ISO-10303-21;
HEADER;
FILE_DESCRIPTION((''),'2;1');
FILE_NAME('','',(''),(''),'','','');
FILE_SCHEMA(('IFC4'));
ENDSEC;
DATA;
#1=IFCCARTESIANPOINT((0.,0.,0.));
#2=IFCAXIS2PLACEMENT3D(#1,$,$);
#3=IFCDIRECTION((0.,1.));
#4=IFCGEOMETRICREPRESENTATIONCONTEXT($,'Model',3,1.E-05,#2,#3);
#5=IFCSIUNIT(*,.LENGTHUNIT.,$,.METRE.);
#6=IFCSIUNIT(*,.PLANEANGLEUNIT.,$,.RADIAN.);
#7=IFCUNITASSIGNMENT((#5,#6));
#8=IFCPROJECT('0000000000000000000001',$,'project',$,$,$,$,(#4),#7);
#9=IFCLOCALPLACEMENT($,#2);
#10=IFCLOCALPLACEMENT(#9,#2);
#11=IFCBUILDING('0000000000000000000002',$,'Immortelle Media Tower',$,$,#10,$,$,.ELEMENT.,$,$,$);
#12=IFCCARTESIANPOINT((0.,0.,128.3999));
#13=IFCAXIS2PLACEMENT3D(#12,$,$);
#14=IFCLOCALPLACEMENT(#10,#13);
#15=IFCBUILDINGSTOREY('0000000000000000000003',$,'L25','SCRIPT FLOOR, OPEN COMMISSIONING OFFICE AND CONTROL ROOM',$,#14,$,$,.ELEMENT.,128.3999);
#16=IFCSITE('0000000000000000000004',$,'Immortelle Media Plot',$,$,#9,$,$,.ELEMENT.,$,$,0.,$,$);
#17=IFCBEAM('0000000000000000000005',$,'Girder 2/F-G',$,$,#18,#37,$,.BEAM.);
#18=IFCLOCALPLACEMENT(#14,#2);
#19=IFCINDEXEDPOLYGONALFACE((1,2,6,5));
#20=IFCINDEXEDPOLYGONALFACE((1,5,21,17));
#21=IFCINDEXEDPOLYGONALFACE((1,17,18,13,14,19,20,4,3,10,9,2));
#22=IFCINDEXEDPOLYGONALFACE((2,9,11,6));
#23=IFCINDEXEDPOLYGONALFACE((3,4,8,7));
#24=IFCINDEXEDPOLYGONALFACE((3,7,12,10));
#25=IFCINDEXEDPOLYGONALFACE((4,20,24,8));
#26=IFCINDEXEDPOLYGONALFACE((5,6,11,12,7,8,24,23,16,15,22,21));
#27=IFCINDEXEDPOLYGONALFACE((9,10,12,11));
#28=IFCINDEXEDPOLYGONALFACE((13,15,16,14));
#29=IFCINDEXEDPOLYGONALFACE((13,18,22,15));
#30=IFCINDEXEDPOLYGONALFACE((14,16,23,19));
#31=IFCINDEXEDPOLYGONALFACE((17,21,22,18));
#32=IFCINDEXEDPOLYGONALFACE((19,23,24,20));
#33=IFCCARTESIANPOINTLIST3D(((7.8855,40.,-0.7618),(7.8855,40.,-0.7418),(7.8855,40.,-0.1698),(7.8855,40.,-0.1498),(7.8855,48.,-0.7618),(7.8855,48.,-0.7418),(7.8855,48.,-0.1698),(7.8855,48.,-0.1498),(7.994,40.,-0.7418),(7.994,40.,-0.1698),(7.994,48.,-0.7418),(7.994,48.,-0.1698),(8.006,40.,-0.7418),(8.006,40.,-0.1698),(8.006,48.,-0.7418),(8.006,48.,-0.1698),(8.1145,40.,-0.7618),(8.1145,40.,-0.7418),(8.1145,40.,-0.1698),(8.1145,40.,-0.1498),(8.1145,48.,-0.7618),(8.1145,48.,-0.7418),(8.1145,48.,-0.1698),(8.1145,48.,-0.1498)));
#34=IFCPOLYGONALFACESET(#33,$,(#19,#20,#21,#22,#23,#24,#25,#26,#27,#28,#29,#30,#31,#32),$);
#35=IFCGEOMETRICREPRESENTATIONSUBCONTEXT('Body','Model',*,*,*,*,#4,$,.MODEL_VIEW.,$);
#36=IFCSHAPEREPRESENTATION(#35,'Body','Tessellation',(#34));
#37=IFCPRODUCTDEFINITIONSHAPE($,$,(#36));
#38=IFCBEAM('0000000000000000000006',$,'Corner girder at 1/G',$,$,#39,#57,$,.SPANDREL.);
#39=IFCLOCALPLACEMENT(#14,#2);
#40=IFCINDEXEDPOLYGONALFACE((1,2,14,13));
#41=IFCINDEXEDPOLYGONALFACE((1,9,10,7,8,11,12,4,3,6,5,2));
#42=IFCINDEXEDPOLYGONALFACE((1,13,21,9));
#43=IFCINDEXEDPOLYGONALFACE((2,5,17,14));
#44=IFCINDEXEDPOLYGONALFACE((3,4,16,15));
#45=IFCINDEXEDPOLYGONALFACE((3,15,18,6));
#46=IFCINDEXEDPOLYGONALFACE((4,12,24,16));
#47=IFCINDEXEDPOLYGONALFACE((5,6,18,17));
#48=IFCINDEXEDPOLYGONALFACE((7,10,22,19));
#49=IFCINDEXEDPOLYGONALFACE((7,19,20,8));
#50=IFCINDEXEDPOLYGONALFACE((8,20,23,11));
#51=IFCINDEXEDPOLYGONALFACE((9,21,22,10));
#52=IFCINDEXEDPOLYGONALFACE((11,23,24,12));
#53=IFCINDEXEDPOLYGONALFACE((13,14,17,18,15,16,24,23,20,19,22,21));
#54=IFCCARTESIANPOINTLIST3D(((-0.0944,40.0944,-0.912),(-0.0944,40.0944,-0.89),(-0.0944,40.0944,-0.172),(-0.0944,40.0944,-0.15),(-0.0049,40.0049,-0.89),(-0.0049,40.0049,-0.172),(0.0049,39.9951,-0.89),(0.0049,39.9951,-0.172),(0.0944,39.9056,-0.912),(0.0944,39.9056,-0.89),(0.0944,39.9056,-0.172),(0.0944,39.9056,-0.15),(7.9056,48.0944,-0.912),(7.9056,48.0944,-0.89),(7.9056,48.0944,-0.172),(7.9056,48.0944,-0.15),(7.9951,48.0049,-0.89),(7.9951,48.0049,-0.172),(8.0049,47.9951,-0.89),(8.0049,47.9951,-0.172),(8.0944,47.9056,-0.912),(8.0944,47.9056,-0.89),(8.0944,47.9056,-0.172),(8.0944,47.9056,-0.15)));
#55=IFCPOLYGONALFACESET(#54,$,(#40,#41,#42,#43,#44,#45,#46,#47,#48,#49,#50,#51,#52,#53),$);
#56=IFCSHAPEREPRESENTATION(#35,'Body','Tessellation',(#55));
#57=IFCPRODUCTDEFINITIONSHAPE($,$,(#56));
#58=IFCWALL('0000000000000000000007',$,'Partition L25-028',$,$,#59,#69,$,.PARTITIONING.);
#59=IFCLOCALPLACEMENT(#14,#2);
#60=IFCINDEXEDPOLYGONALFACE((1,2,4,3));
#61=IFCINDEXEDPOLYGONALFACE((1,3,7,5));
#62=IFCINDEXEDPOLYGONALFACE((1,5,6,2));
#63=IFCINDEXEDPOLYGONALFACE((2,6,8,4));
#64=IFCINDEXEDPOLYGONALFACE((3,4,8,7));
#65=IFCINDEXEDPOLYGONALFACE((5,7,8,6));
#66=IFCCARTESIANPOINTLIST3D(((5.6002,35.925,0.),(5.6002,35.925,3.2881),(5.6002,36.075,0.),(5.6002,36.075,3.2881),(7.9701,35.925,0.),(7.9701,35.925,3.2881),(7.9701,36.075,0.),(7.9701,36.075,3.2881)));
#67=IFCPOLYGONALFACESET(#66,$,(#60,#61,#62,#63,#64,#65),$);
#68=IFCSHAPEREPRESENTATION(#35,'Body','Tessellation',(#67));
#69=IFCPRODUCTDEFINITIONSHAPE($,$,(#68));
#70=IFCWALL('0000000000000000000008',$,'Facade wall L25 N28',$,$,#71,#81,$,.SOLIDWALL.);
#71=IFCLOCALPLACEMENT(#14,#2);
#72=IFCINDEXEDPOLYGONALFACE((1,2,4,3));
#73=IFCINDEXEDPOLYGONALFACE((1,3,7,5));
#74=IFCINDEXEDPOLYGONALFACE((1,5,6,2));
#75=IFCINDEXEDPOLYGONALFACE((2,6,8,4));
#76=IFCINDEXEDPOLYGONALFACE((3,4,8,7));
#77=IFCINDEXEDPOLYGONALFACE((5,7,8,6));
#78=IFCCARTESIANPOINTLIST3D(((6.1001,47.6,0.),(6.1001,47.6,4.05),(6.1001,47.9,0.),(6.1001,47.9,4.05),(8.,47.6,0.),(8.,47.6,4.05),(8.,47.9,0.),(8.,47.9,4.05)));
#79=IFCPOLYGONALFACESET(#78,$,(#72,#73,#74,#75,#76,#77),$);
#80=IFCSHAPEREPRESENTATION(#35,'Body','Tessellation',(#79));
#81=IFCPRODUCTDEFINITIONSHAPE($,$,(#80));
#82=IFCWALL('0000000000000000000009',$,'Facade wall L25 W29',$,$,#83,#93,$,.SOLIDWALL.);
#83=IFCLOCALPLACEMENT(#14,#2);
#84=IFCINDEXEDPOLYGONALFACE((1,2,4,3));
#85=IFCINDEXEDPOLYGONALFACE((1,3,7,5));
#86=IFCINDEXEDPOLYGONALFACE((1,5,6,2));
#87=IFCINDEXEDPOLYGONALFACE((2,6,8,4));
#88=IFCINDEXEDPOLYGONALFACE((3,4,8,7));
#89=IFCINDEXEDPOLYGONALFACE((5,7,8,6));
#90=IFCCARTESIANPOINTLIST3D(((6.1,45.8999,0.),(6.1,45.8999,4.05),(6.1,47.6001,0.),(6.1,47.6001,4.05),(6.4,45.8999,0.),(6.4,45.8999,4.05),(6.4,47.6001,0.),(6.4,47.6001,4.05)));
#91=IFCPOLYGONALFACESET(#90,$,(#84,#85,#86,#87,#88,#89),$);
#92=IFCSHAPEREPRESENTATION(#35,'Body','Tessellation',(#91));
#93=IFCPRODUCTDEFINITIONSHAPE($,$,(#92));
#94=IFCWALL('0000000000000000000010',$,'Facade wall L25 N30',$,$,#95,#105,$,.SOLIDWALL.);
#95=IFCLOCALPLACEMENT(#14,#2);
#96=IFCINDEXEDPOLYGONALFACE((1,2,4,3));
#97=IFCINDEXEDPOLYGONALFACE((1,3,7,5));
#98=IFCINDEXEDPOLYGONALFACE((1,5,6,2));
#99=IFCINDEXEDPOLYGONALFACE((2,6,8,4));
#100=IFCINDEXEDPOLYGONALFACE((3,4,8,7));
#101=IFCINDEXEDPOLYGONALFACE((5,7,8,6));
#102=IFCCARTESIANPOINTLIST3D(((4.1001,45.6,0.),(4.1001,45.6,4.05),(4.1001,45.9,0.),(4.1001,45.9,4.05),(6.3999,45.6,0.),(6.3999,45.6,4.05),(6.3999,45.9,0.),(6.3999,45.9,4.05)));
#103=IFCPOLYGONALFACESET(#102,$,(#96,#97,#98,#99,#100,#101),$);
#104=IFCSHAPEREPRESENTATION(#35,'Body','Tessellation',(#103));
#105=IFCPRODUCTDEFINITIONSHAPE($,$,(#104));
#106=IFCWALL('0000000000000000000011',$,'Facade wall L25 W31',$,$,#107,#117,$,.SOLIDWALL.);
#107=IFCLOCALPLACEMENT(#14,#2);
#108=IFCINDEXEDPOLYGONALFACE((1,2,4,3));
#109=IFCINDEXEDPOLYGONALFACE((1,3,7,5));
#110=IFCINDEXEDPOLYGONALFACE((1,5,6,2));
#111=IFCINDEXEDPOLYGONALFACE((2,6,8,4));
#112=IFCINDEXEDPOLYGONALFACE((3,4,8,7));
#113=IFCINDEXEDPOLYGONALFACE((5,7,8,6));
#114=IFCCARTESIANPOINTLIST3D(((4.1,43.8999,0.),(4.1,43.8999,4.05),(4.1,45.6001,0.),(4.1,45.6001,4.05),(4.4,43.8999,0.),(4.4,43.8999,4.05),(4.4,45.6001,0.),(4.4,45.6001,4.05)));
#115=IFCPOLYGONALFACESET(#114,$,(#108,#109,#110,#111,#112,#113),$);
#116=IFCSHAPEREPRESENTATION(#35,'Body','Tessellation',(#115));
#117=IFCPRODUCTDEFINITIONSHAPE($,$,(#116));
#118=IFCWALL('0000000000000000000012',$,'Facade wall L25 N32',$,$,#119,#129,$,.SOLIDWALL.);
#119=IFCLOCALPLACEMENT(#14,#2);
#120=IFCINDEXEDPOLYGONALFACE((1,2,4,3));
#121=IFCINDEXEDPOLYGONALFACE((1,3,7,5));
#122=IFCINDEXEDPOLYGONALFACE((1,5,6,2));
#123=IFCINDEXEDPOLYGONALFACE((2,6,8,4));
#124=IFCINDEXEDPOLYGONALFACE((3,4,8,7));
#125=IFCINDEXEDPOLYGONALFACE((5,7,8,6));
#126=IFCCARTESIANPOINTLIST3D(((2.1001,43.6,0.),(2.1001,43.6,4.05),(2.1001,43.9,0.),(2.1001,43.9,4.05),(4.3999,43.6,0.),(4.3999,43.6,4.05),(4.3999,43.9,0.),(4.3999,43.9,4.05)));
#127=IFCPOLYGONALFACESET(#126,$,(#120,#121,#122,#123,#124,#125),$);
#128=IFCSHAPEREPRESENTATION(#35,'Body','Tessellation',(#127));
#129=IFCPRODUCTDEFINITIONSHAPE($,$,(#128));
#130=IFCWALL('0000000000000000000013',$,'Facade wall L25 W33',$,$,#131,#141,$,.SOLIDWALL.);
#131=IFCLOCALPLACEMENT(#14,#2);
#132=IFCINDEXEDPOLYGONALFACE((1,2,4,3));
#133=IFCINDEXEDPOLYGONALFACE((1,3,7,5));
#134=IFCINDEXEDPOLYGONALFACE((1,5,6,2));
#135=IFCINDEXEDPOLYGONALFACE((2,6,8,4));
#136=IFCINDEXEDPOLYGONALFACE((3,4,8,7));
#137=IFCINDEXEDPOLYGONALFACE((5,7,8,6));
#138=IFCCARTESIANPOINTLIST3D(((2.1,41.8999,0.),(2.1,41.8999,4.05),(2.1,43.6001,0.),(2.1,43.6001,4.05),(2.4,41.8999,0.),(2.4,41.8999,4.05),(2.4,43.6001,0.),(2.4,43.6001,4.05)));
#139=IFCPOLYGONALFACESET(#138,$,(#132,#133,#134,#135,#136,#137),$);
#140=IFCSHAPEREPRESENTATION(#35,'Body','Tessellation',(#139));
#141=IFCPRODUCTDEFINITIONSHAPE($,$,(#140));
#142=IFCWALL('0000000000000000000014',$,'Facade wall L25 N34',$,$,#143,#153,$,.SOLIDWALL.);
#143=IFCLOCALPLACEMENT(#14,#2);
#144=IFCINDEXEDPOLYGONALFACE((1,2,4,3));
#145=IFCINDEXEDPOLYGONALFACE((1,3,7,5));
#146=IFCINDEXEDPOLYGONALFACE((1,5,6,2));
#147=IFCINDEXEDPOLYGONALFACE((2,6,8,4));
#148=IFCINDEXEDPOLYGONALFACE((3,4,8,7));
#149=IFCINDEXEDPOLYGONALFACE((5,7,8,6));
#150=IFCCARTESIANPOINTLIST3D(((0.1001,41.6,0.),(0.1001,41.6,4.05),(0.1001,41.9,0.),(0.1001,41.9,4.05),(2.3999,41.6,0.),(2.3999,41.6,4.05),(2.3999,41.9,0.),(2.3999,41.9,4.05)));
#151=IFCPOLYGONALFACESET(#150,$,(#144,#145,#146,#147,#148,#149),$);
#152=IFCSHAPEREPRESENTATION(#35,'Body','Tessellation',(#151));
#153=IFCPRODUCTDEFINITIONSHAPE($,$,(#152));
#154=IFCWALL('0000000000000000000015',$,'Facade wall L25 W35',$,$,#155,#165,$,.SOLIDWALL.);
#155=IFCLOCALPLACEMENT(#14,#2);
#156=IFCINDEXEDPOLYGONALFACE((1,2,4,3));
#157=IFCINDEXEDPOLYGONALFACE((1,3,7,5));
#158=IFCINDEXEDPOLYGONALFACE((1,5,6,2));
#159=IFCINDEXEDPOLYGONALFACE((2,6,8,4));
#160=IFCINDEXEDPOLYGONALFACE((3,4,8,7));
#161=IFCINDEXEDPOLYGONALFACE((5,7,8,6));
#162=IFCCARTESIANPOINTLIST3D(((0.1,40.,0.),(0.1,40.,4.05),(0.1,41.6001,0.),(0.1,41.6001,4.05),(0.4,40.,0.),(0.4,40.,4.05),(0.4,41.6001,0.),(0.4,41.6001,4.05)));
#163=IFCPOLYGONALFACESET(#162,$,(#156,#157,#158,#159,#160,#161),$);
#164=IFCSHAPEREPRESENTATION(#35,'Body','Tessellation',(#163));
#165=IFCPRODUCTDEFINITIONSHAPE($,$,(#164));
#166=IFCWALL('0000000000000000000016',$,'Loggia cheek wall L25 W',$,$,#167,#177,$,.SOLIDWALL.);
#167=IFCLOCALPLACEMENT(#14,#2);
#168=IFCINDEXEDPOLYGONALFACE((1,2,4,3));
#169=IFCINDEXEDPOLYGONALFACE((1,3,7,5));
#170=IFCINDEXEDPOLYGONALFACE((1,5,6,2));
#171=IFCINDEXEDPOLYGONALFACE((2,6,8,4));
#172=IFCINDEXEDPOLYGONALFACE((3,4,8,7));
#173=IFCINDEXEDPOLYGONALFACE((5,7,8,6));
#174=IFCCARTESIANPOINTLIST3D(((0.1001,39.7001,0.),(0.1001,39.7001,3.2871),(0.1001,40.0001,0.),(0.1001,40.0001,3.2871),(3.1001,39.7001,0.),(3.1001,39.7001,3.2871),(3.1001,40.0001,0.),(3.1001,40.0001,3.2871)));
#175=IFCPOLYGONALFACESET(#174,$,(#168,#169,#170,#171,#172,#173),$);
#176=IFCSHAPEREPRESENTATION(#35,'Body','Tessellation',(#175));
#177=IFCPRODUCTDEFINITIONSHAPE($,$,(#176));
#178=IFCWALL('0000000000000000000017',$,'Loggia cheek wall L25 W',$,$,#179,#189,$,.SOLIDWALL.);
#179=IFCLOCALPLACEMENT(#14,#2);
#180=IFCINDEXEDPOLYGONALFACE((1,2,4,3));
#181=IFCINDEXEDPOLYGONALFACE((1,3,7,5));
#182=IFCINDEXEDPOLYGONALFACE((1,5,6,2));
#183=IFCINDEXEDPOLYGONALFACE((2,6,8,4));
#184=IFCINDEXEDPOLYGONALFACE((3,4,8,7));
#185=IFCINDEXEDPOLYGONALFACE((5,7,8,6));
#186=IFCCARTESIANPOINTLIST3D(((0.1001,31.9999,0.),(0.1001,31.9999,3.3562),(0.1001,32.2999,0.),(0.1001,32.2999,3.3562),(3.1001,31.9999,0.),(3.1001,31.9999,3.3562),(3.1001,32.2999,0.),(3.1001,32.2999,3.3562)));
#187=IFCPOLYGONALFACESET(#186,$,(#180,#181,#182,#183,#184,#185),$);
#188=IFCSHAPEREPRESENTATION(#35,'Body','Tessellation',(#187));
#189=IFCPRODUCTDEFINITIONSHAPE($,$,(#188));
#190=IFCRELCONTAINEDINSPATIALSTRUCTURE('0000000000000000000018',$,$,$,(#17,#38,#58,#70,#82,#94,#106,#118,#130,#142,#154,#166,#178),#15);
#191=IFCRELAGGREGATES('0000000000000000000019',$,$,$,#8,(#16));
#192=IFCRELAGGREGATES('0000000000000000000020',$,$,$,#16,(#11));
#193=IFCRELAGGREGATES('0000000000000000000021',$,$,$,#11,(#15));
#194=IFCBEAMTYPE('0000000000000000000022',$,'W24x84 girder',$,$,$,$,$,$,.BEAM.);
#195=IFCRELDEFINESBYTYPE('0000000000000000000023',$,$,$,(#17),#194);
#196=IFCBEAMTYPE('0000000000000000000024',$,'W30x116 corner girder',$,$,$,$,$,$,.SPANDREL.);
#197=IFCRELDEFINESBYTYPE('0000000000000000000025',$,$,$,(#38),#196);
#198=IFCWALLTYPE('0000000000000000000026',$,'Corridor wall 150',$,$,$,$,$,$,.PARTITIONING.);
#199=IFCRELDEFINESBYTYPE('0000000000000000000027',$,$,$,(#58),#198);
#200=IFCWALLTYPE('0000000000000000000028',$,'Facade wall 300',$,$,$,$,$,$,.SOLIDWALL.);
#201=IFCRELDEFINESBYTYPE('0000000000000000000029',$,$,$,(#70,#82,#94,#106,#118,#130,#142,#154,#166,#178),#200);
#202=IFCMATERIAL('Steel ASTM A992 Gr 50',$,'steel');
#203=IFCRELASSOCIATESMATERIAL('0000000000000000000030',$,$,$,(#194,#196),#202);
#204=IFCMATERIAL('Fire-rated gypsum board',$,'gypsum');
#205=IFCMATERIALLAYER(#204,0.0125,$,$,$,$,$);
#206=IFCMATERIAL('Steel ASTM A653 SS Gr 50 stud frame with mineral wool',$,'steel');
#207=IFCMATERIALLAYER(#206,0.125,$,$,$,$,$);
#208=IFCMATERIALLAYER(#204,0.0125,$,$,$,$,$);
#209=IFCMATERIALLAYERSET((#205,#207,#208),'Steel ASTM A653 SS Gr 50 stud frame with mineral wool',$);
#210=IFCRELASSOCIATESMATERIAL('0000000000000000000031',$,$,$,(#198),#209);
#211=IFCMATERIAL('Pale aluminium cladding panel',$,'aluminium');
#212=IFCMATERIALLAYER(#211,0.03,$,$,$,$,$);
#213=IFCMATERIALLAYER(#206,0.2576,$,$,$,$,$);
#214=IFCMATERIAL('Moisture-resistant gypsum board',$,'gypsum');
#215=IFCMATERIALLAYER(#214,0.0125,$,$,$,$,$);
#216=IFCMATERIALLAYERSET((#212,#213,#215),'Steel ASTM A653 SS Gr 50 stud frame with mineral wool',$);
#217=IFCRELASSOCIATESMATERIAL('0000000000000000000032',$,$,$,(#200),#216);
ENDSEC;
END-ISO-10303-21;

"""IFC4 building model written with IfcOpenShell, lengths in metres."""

from ifc_helpers import new_model, si_unit, direction, frame, frame_2d, origin, origin_2d, place, context, subcontext, project, spatial, rectangle, i_section, extrude, material, layer, layer_set, material_profile, profile_set, type_object, element, save


model = new_model("IFC4")

# Units and contexts
model_context = context("Model", 3, precision=1e-05, world=origin(), true_north=direction((0.0, 1.0)))
body_context = subcontext(model_context, "Body", "Model", "MODEL_VIEW")
ifc_project = project(units=[si_unit("LENGTHUNIT", "METRE"), si_unit("PLANEANGLEUNIT", "RADIAN")], contexts=[model_context])

# Site, building, storey
site_placement = place(None, origin())
site = spatial("IfcSite", under=ifc_project, at=site_placement, Name="Immortelle Media Plot", CompositionType="ELEMENT", RefElevation=0.0)
building_placement = place(site_placement, origin())
building = spatial("IfcBuilding", under=site, at=building_placement, Name="Immortelle Media Tower", CompositionType="ELEMENT")
storey_placement = place(building_placement, frame((0.0, 0.0, 128.3999)))
storey = spatial("IfcBuildingStorey", under=building, at=storey_placement, Name="L25", Description="SCRIPT FLOOR, OPEN COMMISSIONING OFFICE AND CONTROL ROOM", CompositionType="ELEMENT", Elevation=128.3999)

# Shared definitions
ifc_material_1 = material(Name="Steel ASTM A992 Gr 50", Category="steel")

# Beams
ifc_material_profile_1 = material_profile(ifc_material_1, i_section(OverallWidth=0.229, OverallDepth=0.6121, WebThickness=0.012, FlangeThickness=0.02, at=origin_2d()), Name="W24x84")
ifc_profile_set_1 = profile_set([ifc_material_profile_1], Name="Steel ASTM A992 Gr 50")
beam_type_1 = type_object("IfcBeamType", Name="W24x84 girder", PredefinedType="BEAM", material=ifc_profile_set_1)
for number, where, z_axis, x_axis, name in (
    (1, (8.0, 40.0, -0.4558), (0.0, 1.0, 0.0), (-1.0, 0.0, 0.0), "Girder 2/F-G"),
):
    element("IfcBeam", number, at=place(storey_placement, frame(where, z_axis=z_axis, x_axis=x_axis)), inside=storey, type_object=beam_type_1, Name=name, PredefinedType="BEAM", context=body_context, shape_type="SweptSolid", body=[
        extrude(i_section(OverallWidth=0.229, OverallDepth=0.6121, WebThickness=0.012, FlangeThickness=0.02, at=origin_2d()), origin(), (0.0, 0.0, 1.0), 8.0),
    ])
ifc_material_profile_2 = material_profile(ifc_material_1, i_section(OverallWidth=0.2671, OverallDepth=0.762, WebThickness=0.0139, FlangeThickness=0.022, at=origin_2d()), Name="W30x116")
ifc_profile_set_2 = profile_set([ifc_material_profile_2], Name="Steel ASTM A992 Gr 50")
beam_type_2 = type_object("IfcBeamType", Name="W30x116 corner girder", PredefinedType="SPANDREL", material=ifc_profile_set_2)
beam_1_placement = place(storey_placement, frame((0.0, 40.0, -0.531), z_axis=(0.707107, 0.707107, 0.0), x_axis=(-0.707107, 0.707107, 0.0)))
element("IfcBeam", 2, at=beam_1_placement, inside=storey, type_object=beam_type_2, Name="Corner girder at 1/G", PredefinedType="SPANDREL", context=body_context, shape_type="SweptSolid", body=[
    extrude(i_section(OverallWidth=0.2671, OverallDepth=0.762, WebThickness=0.0139, FlangeThickness=0.022, at=origin_2d()), origin(), (0.0, 0.0, 1.0), 11.3137),
])

# Walls
ifc_material_2 = material(Name="Fire-rated gypsum board", Category="gypsum")
ifc_layer_1 = layer(ifc_material_2, 0.0125)
ifc_material_3 = material(Name="Steel ASTM A653 SS Gr 50 stud frame with mineral wool", Category="steel")
ifc_layer_2 = layer(ifc_material_3, 0.125)
ifc_layer_3 = layer(ifc_material_2, 0.0125)
ifc_layer_set_1 = layer_set([ifc_layer_1, ifc_layer_2, ifc_layer_3], Name="Steel ASTM A653 SS Gr 50 stud frame with mineral wool")
wall_type_1 = type_object("IfcWallType", Name="Corridor wall 150", PredefinedType="PARTITIONING", material=ifc_layer_set_1)
wall_1_placement = place(storey_placement, frame((5.6001, 36.0, 0.0), z_axis=(0.0, 0.0, 1.0), x_axis=(1.0, 0.0, 0.0)))
element("IfcWall", 3, at=wall_1_placement, inside=storey, type_object=wall_type_1, Name="Partition L25-028", PredefinedType="PARTITIONING", context=body_context, shape_type="SweptSolid", body=[
    extrude(rectangle(XDim=2.3699, YDim=0.1499, at=frame_2d((1.1851, 0.0))), origin(), (0.0, 0.0, 1.0), 3.2881),
])
ifc_material_4 = material(Name="Pale aluminium cladding panel", Category="aluminium")
ifc_layer_4 = layer(ifc_material_4, 0.03)
ifc_layer_5 = layer(ifc_material_3, 0.2576)
ifc_material_5 = material(Name="Moisture-resistant gypsum board", Category="gypsum")
ifc_layer_6 = layer(ifc_material_5, 0.0125)
ifc_layer_set_2 = layer_set([ifc_layer_4, ifc_layer_5, ifc_layer_6], Name="Steel ASTM A653 SS Gr 50 stud frame with mineral wool")
wall_type_2 = type_object("IfcWallType", Name="Facade wall 300", PredefinedType="SOLIDWALL", material=ifc_layer_set_2)
wall_2_placement = place(storey_placement, frame((8.0, 47.75, 0.0), z_axis=(0.0, 0.0, 1.0), x_axis=(-1.0, 0.0, 0.0)))
element("IfcWall", 4, at=wall_2_placement, inside=storey, type_object=wall_type_2, Name="Facade wall L25 N28", PredefinedType="SOLIDWALL", context=body_context, shape_type="SweptSolid", body=[
    extrude(rectangle(XDim=1.8999, YDim=0.3, at=frame_2d((0.95, 0.0))), origin(), (0.0, 0.0, 1.0), 4.05),
])
wall_3_placement = place(storey_placement, frame((6.25, 47.6001, 0.0), z_axis=(0.0, 0.0, 1.0), x_axis=(0.0, -1.0, 0.0)))
element("IfcWall", 5, at=wall_3_placement, inside=storey, type_object=wall_type_2, Name="Facade wall L25 W29", PredefinedType="SOLIDWALL", context=body_context, shape_type="SweptSolid", body=[
    extrude(rectangle(XDim=1.7002, YDim=0.3, at=frame_2d((0.8501, 0.0))), origin(), (0.0, 0.0, 1.0), 4.05),
])
wall_4_placement = place(storey_placement, frame((6.3999, 45.75, 0.0), z_axis=(0.0, 0.0, 1.0), x_axis=(-1.0, 0.0, 0.0)))
element("IfcWall", 6, at=wall_4_placement, inside=storey, type_object=wall_type_2, Name="Facade wall L25 N30", PredefinedType="SOLIDWALL", context=body_context, shape_type="SweptSolid", body=[
    extrude(rectangle(XDim=2.2998, YDim=0.3, at=frame_2d((1.1499, 0.0))), origin(), (0.0, 0.0, 1.0), 4.05),
])
wall_5_placement = place(storey_placement, frame((4.25, 45.6001, 0.0), z_axis=(0.0, 0.0, 1.0), x_axis=(0.0, -1.0, 0.0)))
element("IfcWall", 7, at=wall_5_placement, inside=storey, type_object=wall_type_2, Name="Facade wall L25 W31", PredefinedType="SOLIDWALL", context=body_context, shape_type="SweptSolid", body=[
    extrude(rectangle(XDim=1.7002, YDim=0.3, at=frame_2d((0.8501, 0.0))), origin(), (0.0, 0.0, 1.0), 4.05),
])
wall_6_placement = place(storey_placement, frame((4.3999, 43.75, 0.0), z_axis=(0.0, 0.0, 1.0), x_axis=(-1.0, 0.0, 0.0)))
element("IfcWall", 8, at=wall_6_placement, inside=storey, type_object=wall_type_2, Name="Facade wall L25 N32", PredefinedType="SOLIDWALL", context=body_context, shape_type="SweptSolid", body=[
    extrude(rectangle(XDim=2.2998, YDim=0.3, at=frame_2d((1.1499, 0.0))), origin(), (0.0, 0.0, 1.0), 4.05),
])
wall_7_placement = place(storey_placement, frame((2.25, 43.6001, 0.0), z_axis=(0.0, 0.0, 1.0), x_axis=(0.0, -1.0, 0.0)))
element("IfcWall", 9, at=wall_7_placement, inside=storey, type_object=wall_type_2, Name="Facade wall L25 W33", PredefinedType="SOLIDWALL", context=body_context, shape_type="SweptSolid", body=[
    extrude(rectangle(XDim=1.7002, YDim=0.3, at=frame_2d((0.8501, 0.0))), origin(), (0.0, 0.0, 1.0), 4.05),
])
wall_8_placement = place(storey_placement, frame((2.3999, 41.75, 0.0), z_axis=(0.0, 0.0, 1.0), x_axis=(-1.0, 0.0, 0.0)))
element("IfcWall", 10, at=wall_8_placement, inside=storey, type_object=wall_type_2, Name="Facade wall L25 N34", PredefinedType="SOLIDWALL", context=body_context, shape_type="SweptSolid", body=[
    extrude(rectangle(XDim=2.2998, YDim=0.3, at=frame_2d((1.1499, 0.0))), origin(), (0.0, 0.0, 1.0), 4.05),
])
wall_9_placement = place(storey_placement, frame((0.25, 41.6001, 0.0), z_axis=(0.0, 0.0, 1.0), x_axis=(0.0, -1.0, 0.0)))
element("IfcWall", 11, at=wall_9_placement, inside=storey, type_object=wall_type_2, Name="Facade wall L25 W35", PredefinedType="SOLIDWALL", context=body_context, shape_type="SweptSolid", body=[
    extrude(rectangle(XDim=1.6001, YDim=0.3, at=frame_2d((0.8, 0.0))), origin(), (0.0, 0.0, 1.0), 4.05),
])

# Walls
wall_10_placement = place(storey_placement, frame((0.1001, 39.8501, 0.0), z_axis=(0.0, 0.0, 1.0), x_axis=(1.0, 0.0, 0.0)))
element("IfcWall", 12, at=wall_10_placement, inside=storey, type_object=wall_type_2, Name="Loggia cheek wall L25 W", PredefinedType="SOLIDWALL", context=body_context, shape_type="SweptSolid", body=[
    extrude(rectangle(XDim=3.0, YDim=0.3, at=frame_2d((1.5, 0.0))), origin(), (0.0, 0.0, 1.0), 3.2871),
])
wall_11_placement = place(storey_placement, frame((0.1001, 32.1499, 0.0), z_axis=(0.0, 0.0, 1.0), x_axis=(1.0, 0.0, 0.0)))
element("IfcWall", 13, at=wall_11_placement, inside=storey, type_object=wall_type_2, Name="Loggia cheek wall L25 W", PredefinedType="SOLIDWALL", context=body_context, shape_type="SweptSolid", body=[
    extrude(rectangle(XDim=3.0, YDim=0.3, at=frame_2d((1.5, 0.0))), origin(), (0.0, 0.0, 1.0), 3.3562),
])

save(model, "model.ifc")
